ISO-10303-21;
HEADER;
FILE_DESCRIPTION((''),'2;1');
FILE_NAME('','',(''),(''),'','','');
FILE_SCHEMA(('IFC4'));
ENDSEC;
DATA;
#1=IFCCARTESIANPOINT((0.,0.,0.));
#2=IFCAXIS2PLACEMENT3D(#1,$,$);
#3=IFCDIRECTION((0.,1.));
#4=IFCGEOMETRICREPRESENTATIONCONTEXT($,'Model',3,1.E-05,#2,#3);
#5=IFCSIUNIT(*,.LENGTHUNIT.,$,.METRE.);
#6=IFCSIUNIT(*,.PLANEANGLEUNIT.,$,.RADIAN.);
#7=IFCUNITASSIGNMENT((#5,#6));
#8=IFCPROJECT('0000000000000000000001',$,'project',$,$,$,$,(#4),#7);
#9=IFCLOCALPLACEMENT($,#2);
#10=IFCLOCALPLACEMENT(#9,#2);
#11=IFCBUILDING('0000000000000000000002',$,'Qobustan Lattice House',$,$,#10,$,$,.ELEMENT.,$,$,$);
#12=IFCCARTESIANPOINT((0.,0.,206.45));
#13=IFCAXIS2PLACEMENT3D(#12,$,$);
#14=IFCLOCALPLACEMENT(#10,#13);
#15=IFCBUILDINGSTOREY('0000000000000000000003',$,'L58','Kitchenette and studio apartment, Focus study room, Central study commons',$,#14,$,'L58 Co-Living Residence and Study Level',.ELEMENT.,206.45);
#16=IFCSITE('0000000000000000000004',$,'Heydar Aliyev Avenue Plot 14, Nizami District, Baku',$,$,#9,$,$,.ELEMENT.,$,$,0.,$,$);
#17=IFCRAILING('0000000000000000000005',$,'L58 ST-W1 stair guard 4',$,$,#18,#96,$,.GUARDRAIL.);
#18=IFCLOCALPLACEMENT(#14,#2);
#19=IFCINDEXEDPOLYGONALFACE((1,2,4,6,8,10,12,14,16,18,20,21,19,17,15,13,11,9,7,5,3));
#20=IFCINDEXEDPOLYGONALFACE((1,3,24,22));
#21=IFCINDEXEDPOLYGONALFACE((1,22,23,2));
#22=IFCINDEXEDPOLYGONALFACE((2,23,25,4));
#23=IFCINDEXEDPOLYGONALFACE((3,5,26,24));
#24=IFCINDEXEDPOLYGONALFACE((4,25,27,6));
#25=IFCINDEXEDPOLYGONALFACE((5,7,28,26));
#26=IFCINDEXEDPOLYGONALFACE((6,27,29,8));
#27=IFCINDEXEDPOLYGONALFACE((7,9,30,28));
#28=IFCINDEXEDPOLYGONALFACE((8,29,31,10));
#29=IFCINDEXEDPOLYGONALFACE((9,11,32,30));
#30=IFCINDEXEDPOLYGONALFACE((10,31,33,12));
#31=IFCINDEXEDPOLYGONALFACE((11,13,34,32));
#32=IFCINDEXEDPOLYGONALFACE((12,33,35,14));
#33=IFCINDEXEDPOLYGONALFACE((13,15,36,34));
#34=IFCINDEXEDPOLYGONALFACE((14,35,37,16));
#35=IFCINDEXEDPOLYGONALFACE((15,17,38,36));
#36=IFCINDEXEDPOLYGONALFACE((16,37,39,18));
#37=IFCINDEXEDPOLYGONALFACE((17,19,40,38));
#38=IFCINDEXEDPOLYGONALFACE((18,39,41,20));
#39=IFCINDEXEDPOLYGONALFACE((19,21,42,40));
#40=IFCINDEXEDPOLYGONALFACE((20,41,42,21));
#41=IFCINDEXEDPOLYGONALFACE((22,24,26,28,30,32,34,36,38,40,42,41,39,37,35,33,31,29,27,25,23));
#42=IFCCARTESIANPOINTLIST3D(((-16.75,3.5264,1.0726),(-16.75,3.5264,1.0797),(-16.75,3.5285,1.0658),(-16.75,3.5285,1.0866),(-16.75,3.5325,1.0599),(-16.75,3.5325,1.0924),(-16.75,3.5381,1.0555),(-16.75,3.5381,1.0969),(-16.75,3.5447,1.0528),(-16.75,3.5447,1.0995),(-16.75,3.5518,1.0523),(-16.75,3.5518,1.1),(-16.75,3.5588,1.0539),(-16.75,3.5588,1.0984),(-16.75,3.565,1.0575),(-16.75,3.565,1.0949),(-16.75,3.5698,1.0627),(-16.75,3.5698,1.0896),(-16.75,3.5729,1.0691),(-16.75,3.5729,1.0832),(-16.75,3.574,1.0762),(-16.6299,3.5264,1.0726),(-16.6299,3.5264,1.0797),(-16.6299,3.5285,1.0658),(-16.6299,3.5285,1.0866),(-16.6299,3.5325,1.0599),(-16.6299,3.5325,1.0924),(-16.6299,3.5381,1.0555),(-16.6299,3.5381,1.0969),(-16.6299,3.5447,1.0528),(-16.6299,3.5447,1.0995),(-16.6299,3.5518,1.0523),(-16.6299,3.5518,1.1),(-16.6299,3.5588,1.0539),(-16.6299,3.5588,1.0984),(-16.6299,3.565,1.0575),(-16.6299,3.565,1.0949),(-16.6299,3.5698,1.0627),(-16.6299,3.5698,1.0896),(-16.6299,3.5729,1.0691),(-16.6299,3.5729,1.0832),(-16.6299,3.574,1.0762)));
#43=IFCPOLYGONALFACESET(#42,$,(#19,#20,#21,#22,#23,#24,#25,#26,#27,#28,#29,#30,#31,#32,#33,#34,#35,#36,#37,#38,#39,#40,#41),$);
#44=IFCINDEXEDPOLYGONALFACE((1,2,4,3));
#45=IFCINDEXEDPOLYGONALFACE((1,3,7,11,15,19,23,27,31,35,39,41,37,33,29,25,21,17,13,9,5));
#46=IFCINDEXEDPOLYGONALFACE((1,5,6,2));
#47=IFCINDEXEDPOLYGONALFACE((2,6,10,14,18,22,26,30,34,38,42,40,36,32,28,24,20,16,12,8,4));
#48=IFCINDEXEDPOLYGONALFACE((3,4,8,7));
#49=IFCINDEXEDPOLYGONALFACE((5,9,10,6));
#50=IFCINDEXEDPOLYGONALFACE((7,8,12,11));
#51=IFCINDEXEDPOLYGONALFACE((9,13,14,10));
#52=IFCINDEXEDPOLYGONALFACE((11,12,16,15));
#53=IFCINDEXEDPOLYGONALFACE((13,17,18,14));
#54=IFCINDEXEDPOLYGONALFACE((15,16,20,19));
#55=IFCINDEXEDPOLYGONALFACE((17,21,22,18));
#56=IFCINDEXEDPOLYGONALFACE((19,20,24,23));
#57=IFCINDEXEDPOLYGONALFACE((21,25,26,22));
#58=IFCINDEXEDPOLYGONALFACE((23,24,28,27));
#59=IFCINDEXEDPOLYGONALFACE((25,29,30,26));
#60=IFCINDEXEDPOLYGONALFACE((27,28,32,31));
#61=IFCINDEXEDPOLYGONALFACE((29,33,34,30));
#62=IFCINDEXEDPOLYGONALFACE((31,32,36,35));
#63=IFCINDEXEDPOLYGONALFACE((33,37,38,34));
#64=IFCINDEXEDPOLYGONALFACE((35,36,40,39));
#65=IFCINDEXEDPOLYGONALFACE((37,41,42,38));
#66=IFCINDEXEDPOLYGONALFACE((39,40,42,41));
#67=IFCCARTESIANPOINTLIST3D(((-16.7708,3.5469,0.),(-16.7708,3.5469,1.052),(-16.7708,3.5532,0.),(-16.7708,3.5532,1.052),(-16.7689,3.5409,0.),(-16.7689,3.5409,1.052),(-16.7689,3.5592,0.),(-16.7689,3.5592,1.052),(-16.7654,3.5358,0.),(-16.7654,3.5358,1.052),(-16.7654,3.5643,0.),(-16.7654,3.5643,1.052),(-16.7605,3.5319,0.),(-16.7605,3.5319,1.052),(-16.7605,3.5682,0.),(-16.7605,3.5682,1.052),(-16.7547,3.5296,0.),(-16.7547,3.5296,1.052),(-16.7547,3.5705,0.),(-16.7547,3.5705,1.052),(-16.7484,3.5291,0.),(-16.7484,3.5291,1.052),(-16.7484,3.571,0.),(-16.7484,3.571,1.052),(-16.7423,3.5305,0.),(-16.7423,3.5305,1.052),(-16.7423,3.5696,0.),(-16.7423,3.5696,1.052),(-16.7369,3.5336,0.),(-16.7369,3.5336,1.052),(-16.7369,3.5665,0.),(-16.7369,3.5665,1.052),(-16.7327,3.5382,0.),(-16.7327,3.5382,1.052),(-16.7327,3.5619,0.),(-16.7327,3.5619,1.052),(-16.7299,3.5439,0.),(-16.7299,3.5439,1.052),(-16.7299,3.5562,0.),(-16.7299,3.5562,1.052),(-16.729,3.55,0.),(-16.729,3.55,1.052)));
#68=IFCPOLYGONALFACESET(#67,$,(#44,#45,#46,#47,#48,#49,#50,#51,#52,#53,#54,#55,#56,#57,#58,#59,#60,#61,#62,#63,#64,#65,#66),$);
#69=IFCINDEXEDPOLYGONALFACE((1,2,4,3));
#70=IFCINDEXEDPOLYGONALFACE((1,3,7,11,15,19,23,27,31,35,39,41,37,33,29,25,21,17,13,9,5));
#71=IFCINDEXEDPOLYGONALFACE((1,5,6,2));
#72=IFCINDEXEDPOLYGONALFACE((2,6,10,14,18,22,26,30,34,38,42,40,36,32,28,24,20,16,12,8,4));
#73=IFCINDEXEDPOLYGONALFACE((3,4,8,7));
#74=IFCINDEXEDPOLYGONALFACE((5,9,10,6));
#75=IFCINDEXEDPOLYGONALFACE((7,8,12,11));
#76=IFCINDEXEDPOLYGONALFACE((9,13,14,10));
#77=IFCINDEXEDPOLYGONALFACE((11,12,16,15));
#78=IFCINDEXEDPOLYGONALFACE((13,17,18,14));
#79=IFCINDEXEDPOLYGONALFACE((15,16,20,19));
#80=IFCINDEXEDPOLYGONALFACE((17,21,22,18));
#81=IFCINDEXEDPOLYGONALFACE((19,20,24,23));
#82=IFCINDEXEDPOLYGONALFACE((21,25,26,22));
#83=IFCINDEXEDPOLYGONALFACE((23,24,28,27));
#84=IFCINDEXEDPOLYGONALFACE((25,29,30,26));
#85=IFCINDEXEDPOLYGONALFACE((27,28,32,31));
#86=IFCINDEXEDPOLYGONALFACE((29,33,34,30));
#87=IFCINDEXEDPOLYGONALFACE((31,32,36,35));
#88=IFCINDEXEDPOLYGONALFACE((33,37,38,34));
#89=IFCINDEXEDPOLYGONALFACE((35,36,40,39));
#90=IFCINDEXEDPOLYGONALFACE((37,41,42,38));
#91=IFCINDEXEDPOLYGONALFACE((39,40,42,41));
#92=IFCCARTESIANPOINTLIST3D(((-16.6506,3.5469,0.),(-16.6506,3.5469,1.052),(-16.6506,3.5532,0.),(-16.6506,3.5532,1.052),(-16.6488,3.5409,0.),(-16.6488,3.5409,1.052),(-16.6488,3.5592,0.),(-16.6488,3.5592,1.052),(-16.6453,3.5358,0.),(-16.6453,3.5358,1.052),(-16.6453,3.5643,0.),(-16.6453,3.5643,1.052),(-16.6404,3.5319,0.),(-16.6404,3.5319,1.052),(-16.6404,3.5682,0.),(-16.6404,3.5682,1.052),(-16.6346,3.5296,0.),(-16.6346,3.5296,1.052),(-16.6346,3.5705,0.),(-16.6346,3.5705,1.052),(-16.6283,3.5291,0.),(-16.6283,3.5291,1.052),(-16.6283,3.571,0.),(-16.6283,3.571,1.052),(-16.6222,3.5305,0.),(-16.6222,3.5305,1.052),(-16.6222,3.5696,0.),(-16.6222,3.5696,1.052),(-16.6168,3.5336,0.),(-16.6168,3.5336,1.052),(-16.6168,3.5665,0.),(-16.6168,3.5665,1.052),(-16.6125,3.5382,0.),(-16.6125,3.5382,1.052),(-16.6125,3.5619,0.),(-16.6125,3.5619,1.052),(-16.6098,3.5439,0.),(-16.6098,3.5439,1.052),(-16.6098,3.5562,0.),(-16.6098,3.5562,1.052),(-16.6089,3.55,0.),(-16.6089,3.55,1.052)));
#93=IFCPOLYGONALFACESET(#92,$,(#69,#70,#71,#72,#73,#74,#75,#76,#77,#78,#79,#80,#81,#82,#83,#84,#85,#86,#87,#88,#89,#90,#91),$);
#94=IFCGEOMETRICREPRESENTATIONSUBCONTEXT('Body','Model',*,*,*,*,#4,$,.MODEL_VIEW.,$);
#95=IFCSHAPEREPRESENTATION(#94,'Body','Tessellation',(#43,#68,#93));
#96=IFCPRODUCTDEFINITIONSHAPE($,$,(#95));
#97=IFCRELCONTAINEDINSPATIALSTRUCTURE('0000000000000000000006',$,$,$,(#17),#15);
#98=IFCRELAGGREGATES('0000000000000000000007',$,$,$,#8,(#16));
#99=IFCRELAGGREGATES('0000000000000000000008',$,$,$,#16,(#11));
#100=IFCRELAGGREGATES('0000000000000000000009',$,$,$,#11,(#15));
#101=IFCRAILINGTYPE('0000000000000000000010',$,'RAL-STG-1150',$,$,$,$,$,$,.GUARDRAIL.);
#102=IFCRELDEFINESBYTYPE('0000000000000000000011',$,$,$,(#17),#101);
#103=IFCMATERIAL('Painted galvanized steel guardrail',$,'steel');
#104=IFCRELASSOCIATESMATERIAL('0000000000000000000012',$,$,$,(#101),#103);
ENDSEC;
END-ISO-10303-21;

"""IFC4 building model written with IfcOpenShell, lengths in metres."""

from ifc_helpers import new_model, si_unit, direction, frame, origin, origin_2d, place, context, subcontext, project, spatial, circle, extrude, material, type_object, element, save


model = new_model("IFC4")

# Units and contexts
model_context = context("Model", 3, precision=1e-05, world=origin(), true_north=direction((0.0, 1.0)))
body_context = subcontext(model_context, "Body", "Model", "MODEL_VIEW")
ifc_project = project(units=[si_unit("LENGTHUNIT", "METRE"), si_unit("PLANEANGLEUNIT", "RADIAN")], contexts=[model_context])

# Site, building, storey
site_placement = place(None, origin())
site = spatial("IfcSite", under=ifc_project, at=site_placement, Name="Heydar Aliyev Avenue Plot 14, Nizami District, Baku", CompositionType="ELEMENT", RefElevation=0.0)
building_placement = place(site_placement, origin())
building = spatial("IfcBuilding", under=site, at=building_placement, Name="Qobustan Lattice House", CompositionType="ELEMENT")
storey_placement = place(building_placement, frame((0.0, 0.0, 206.45)))
storey = spatial("IfcBuildingStorey", under=building, at=storey_placement, Name="L58", Description="Kitchenette and studio apartment, Focus study room, Central study commons", LongName="L58 Co-Living Residence and Study Level", CompositionType="ELEMENT", Elevation=206.45)

# Railing
ifc_material_1 = material(Name="Painted galvanized steel guardrail", Category="steel")
railing_type_1 = type_object("IfcRailingType", Name="RAL-STG-1150", PredefinedType="GUARDRAIL", material=ifc_material_1)
railing_1_placement = place(storey_placement, frame((-16.75, 3.55, 0.0)))
element("IfcRailing", 1, at=railing_1_placement, inside=storey, type_object=railing_type_1, Name="L58 ST-W1 stair guard 4", PredefinedType="GUARDRAIL", context=body_context, shape_type="SweptSolid", body=[
    extrude(circle(Radius=0.0239, at=origin_2d()), frame((0.0, 0.0, 1.0762), z_axis=(1.0, 0.0, 0.0), x_axis=(0.0, 1.0, 0.0)), (0.0, 0.0, 1.0), 0.1201),
    extrude(circle(Radius=0.021, at=origin_2d()), origin(), (0.0, 0.0, 1.0), 1.052),
    extrude(circle(Radius=0.021, at=origin_2d()), frame((0.1201, 0.0, 0.0)), (0.0, 0.0, 1.0), 1.052),
])

save(model, "model.ifc")
